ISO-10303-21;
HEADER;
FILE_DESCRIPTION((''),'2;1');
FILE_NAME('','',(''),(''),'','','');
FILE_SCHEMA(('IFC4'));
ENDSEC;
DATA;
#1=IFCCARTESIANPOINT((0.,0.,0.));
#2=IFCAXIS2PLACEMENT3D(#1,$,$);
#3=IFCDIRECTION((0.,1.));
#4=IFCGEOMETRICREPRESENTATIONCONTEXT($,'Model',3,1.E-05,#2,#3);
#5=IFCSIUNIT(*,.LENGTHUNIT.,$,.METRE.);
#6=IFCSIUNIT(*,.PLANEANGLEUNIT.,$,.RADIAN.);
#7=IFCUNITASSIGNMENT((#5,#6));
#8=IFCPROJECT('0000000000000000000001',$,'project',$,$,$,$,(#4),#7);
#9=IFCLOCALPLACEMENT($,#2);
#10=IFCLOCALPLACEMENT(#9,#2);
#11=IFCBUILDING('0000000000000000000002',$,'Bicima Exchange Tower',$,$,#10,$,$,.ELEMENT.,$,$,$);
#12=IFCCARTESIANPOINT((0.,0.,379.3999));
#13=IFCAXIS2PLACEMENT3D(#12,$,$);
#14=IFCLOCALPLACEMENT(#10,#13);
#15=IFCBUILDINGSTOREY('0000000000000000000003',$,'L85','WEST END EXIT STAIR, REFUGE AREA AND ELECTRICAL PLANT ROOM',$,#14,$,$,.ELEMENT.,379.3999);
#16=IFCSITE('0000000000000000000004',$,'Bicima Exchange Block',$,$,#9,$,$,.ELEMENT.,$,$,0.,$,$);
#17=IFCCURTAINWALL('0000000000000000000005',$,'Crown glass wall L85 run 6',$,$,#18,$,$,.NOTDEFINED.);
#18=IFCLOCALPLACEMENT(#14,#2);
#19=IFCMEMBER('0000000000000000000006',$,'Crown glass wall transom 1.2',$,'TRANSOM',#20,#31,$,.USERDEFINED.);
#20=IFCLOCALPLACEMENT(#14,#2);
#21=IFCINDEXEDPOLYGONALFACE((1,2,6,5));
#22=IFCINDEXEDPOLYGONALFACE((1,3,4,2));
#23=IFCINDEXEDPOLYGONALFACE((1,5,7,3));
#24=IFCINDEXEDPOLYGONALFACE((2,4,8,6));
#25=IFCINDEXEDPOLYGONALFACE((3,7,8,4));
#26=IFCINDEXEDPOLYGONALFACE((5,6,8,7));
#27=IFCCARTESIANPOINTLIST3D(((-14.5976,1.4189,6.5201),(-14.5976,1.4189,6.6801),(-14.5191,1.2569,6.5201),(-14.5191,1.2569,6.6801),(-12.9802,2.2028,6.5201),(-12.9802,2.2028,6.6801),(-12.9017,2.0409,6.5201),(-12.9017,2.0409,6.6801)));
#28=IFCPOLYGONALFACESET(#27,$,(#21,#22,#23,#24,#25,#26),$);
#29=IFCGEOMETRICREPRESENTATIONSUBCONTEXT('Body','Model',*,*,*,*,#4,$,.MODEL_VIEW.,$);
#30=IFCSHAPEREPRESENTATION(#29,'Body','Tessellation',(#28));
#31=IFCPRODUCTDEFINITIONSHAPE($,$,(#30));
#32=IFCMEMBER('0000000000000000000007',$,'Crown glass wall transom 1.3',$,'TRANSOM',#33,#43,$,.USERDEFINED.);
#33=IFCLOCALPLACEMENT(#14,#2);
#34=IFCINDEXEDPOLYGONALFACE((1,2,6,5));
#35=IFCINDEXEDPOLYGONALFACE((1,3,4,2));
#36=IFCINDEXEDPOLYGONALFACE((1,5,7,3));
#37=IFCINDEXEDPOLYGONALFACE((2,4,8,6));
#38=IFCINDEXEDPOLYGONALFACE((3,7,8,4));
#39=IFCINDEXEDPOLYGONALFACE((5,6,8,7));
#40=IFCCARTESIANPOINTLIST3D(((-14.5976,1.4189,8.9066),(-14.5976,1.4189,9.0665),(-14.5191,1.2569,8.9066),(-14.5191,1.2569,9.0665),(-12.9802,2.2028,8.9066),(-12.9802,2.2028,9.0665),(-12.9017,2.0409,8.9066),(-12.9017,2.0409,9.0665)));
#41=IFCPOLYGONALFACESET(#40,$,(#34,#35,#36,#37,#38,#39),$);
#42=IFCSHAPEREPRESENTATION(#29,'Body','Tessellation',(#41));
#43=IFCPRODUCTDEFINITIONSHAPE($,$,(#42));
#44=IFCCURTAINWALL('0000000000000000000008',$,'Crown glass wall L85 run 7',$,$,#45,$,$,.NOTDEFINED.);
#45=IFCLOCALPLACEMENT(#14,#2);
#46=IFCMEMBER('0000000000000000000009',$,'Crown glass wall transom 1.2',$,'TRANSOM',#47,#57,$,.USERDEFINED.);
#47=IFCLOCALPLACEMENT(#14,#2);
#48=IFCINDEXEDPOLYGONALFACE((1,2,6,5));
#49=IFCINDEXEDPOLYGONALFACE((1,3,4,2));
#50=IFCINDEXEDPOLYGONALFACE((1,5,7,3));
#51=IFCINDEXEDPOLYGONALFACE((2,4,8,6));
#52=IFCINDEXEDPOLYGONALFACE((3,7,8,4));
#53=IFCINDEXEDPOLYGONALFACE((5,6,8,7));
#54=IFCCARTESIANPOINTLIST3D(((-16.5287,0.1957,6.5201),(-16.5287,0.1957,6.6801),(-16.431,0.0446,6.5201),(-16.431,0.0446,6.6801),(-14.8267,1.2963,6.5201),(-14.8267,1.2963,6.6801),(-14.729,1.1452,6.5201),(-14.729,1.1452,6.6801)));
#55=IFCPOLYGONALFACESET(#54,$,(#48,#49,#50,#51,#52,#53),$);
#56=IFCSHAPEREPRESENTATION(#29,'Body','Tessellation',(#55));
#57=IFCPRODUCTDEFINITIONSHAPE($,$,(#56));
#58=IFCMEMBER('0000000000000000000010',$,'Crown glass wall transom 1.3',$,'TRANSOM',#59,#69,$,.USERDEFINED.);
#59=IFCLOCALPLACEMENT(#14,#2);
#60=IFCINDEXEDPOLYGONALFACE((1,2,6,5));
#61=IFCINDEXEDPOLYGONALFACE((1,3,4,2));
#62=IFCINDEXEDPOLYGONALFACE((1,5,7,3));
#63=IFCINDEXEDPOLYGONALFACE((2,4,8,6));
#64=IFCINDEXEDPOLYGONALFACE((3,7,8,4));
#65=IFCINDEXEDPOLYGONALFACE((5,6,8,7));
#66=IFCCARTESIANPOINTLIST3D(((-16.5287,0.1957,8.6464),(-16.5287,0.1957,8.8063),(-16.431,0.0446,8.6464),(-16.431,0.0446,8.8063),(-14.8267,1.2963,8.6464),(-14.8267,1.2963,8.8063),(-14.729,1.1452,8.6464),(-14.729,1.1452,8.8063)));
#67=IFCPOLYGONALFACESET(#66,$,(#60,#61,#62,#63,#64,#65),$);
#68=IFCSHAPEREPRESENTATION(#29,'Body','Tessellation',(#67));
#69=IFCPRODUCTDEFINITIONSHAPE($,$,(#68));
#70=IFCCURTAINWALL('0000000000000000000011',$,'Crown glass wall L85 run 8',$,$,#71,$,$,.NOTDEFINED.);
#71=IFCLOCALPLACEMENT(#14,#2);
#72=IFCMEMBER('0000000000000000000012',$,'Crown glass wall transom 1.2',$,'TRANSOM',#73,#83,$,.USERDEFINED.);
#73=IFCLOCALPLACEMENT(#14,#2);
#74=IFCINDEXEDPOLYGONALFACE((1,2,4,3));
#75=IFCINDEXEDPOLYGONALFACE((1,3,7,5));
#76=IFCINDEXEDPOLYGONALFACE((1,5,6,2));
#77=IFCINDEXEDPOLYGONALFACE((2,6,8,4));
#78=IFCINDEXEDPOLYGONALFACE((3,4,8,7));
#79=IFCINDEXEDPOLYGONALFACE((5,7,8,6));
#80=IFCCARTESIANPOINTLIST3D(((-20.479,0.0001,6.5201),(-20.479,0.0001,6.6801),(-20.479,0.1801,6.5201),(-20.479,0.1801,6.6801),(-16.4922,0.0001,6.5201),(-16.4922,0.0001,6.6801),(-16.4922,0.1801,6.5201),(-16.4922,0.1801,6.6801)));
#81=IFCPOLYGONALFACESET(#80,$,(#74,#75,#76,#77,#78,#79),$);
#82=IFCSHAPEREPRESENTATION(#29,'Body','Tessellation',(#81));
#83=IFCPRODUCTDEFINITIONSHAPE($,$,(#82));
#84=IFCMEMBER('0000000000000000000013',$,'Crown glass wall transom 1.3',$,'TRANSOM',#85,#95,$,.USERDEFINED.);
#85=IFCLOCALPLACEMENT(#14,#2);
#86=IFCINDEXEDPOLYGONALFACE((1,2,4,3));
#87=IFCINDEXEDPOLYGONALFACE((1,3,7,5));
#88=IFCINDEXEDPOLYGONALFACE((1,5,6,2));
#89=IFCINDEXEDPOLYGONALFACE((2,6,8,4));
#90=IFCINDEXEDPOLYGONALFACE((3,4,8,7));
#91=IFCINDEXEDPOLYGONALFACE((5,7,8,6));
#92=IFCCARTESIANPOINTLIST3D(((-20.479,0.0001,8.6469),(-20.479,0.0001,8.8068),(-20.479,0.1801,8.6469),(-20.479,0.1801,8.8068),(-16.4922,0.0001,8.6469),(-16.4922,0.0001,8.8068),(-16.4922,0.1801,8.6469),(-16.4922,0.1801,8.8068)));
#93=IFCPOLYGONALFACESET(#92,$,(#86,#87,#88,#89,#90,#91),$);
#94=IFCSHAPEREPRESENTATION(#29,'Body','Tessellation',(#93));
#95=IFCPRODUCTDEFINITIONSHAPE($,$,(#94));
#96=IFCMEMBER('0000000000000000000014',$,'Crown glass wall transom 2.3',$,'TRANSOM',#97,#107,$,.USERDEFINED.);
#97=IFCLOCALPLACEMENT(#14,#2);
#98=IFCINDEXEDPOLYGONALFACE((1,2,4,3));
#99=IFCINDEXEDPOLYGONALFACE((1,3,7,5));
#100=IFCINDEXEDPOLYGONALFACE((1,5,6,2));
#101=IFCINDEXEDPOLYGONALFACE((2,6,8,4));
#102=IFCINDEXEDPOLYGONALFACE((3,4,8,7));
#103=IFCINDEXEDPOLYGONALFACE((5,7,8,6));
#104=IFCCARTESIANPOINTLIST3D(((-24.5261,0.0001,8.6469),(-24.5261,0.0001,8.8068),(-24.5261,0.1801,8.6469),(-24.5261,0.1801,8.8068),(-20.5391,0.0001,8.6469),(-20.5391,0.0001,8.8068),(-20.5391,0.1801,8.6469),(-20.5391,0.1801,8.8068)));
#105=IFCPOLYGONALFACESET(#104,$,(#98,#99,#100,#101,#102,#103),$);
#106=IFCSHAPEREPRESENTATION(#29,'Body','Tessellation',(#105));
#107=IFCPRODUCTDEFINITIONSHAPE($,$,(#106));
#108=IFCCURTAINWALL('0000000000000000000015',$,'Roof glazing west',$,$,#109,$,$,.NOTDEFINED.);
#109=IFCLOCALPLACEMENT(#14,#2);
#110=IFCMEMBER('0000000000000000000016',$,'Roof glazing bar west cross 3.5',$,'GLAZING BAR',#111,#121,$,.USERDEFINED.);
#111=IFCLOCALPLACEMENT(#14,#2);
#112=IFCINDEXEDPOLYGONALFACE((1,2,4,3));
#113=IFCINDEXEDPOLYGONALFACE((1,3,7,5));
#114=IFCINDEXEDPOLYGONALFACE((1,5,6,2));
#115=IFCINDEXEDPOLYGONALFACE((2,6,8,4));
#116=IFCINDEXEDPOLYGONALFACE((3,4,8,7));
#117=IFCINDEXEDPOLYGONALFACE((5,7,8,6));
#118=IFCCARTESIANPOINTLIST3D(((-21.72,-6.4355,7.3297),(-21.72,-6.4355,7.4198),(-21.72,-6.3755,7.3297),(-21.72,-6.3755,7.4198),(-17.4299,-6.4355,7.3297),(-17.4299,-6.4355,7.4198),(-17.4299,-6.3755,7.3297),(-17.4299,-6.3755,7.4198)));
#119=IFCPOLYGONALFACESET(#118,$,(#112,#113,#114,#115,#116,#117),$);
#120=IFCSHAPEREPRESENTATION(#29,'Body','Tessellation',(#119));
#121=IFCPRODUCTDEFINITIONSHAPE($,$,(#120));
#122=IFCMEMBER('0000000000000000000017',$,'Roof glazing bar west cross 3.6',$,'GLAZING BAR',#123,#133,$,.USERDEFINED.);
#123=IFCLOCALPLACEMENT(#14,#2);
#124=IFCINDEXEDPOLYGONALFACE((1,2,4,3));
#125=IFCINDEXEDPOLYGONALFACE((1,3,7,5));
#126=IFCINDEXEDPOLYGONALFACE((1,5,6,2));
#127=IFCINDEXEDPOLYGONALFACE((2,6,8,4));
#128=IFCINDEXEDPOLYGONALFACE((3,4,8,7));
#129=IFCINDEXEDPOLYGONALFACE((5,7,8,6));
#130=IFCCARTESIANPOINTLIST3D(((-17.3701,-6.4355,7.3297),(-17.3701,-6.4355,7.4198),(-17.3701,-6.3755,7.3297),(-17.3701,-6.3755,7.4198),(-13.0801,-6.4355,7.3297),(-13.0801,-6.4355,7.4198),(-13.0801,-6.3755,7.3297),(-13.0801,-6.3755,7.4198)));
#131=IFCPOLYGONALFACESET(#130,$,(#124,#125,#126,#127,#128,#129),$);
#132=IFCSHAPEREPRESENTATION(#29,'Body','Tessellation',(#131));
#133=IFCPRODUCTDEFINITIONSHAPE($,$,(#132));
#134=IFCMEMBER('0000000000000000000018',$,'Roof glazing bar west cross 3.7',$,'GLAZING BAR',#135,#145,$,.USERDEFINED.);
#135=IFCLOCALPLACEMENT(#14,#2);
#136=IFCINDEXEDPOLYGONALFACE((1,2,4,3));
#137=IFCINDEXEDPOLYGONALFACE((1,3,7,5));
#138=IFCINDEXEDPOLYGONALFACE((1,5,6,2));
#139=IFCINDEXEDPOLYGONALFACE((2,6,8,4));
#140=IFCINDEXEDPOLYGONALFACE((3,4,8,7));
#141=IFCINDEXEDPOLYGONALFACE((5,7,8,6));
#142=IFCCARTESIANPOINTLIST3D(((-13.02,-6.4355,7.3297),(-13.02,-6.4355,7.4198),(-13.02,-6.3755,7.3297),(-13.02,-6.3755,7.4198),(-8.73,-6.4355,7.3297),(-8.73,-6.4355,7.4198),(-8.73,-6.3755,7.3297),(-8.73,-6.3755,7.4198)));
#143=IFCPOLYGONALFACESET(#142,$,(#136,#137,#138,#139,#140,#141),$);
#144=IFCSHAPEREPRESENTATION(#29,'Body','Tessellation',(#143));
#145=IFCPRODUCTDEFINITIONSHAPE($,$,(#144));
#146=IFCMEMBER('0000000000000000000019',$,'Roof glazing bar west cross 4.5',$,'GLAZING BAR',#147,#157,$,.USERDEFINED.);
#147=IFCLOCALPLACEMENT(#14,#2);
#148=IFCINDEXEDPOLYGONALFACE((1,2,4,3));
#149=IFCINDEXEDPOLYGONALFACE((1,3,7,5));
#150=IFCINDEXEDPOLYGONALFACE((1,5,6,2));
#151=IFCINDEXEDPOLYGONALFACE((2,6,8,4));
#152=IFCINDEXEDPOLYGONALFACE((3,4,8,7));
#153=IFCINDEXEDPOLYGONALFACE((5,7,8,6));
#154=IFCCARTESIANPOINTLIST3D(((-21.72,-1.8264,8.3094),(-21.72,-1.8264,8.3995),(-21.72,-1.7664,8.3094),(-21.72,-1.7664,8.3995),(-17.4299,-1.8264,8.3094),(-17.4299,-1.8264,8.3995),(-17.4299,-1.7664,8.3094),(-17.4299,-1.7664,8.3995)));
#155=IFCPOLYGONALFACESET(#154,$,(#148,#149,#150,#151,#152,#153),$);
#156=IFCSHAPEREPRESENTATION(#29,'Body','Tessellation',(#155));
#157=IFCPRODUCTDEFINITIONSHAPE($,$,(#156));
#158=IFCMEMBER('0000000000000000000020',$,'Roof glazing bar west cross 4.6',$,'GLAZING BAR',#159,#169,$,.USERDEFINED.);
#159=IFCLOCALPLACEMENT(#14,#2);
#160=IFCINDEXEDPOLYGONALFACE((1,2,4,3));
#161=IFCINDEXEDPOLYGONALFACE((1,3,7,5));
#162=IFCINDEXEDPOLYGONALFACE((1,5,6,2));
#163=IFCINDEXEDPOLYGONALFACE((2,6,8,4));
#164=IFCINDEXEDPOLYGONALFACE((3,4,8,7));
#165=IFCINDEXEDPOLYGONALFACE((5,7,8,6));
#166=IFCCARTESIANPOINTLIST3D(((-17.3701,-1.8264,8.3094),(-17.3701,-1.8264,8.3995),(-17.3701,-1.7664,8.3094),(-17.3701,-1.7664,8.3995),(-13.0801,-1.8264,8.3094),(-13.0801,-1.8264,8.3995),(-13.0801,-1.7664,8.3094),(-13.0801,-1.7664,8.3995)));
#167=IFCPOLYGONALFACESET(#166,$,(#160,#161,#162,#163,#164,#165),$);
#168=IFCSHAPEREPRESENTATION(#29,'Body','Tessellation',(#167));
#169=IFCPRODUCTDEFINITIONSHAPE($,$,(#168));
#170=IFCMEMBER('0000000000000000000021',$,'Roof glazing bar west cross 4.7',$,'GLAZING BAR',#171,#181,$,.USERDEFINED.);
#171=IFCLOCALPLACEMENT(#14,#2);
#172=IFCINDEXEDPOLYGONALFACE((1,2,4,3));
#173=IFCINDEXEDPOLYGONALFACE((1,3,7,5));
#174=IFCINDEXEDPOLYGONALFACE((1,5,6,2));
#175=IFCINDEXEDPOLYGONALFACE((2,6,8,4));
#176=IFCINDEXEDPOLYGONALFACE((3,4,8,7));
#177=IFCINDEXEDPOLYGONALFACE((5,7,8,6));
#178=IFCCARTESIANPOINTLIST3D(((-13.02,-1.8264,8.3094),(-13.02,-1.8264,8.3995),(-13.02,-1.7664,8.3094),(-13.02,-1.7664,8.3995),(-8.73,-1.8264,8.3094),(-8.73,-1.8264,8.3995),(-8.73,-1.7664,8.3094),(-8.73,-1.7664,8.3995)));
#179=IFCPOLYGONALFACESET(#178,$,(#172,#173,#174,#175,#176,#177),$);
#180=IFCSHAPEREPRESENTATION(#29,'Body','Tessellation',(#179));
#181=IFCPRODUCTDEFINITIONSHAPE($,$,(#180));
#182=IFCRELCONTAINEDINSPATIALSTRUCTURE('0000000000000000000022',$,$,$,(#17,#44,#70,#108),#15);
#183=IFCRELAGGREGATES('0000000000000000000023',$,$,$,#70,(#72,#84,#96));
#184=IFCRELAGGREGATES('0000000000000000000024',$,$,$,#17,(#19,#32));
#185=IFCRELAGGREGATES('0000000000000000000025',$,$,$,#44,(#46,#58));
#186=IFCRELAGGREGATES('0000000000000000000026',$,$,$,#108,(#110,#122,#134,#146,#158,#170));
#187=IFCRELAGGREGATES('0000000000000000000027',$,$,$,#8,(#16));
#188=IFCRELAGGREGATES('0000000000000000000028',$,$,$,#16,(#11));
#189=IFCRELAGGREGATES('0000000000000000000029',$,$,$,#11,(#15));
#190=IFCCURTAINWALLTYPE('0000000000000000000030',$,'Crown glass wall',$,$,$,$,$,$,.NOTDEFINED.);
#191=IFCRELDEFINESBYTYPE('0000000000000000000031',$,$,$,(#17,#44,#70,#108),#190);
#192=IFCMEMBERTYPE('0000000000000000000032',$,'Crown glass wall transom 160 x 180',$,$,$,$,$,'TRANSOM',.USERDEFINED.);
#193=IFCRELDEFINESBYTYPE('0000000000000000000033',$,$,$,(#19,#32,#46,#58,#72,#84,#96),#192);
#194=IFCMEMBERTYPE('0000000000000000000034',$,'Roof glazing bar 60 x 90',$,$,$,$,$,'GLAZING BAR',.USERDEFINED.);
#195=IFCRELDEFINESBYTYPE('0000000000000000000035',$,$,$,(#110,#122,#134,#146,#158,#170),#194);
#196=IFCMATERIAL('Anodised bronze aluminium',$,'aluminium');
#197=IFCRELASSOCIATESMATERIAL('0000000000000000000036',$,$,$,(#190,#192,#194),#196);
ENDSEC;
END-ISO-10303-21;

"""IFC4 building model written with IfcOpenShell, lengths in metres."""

from ifc_helpers import new_model, si_unit, direction, frame, origin, origin_2d, place, context, subcontext, project, spatial, rectangle, extrude, material, material_profile, profile_set, type_object, element, aggregate, save


model = new_model("IFC4")

# Units and contexts
model_context = context("Model", 3, precision=1e-05, world=origin(), true_north=direction((0.0, 1.0)))
body_context = subcontext(model_context, "Body", "Model", "MODEL_VIEW")
ifc_project = project(units=[si_unit("LENGTHUNIT", "METRE"), si_unit("PLANEANGLEUNIT", "RADIAN")], contexts=[model_context])

# Site, building, storey
site_placement = place(None, origin())
site = spatial("IfcSite", under=ifc_project, at=site_placement, Name="Bicima Exchange Block", CompositionType="ELEMENT", RefElevation=0.0)
building_placement = place(site_placement, origin())
building = spatial("IfcBuilding", under=site, at=building_placement, Name="Bicima Exchange Tower", CompositionType="ELEMENT")
storey_placement = place(building_placement, frame((0.0, 0.0, 379.3999)))
storey = spatial("IfcBuildingStorey", under=building, at=storey_placement, Name="L85", Description="WEST END EXIT STAIR, REFUGE AREA AND ELECTRICAL PLANT ROOM", CompositionType="ELEMENT", Elevation=379.3999)

# Curtain walls, members
ifc_material_1 = material(Name="Anodised bronze aluminium", Category="aluminium")
curtain_wall_type = type_object("IfcCurtainWallType", Name="Crown glass wall", PredefinedType="NOTDEFINED", material=ifc_material_1)
curtain_wall_1_placement = place(storey_placement, origin())
curtain_wall_1 = element("IfcCurtainWall", 1, at=curtain_wall_1_placement, inside=storey, type_object=curtain_wall_type, Name="Crown glass wall L85 run 6", PredefinedType="NOTDEFINED")
ifc_material_profile_1 = material_profile(ifc_material_1, rectangle(XDim=0.1799, YDim=0.1599, at=origin_2d()))
ifc_profile_set_1 = profile_set([ifc_material_profile_1], Name="Anodised bronze aluminium")
member_type_1 = type_object("IfcMemberType", Name="Crown glass wall transom 160 x 180", ElementType="TRANSOM", PredefinedType="USERDEFINED", material=ifc_profile_set_1)
member_1_placement = place(storey_placement, frame((-12.9409, 2.1218, 6.6001), z_axis=(-0.899874, -0.43615, 0.0), x_axis=(0.43615, -0.899874, 0.0)))
member_1 = element("IfcMember", 2, at=member_1_placement, type_object=member_type_1, Name="Crown glass wall transom 1.2", ObjectType="TRANSOM", PredefinedType="USERDEFINED", context=body_context, shape_type="SweptSolid", body=[
    extrude(rectangle(XDim=0.1799, YDim=0.1599, at=origin_2d()), origin(), (0.0, 0.0, 1.0), 1.7974),
])
member_2_placement = place(storey_placement, frame((-12.9409, 2.1218, 8.9866), z_axis=(-0.899874, -0.43615, 0.0), x_axis=(0.43615, -0.899874, 0.0)))
member_2 = element("IfcMember", 3, at=member_2_placement, type_object=member_type_1, Name="Crown glass wall transom 1.3", ObjectType="TRANSOM", PredefinedType="USERDEFINED", context=body_context, shape_type="SweptSolid", body=[
    extrude(rectangle(XDim=0.1799, YDim=0.1599, at=origin_2d()), origin(), (0.0, 0.0, 1.0), 1.7974),
])
curtain_wall_2_placement = place(storey_placement, origin())
curtain_wall_2 = element("IfcCurtainWall", 4, at=curtain_wall_2_placement, inside=storey, type_object=curtain_wall_type, Name="Crown glass wall L85 run 7", PredefinedType="NOTDEFINED")
member_3_placement = place(storey_placement, frame((-14.7778, 1.2207, 6.6001), z_axis=(-0.839751, -0.542972, 0.0), x_axis=(0.542972, -0.839751, 0.0)))
member_3 = element("IfcMember", 5, at=member_3_placement, type_object=member_type_1, Name="Crown glass wall transom 1.2", ObjectType="TRANSOM", PredefinedType="USERDEFINED", context=body_context, shape_type="SweptSolid", body=[
    extrude(rectangle(XDim=0.1799, YDim=0.1599, at=origin_2d()), origin(), (0.0, 0.0, 1.0), 2.0269),
])
member_4_placement = place(storey_placement, frame((-14.7778, 1.2207, 8.7263), z_axis=(-0.839751, -0.542972, 0.0), x_axis=(0.542972, -0.839751, 0.0)))
member_4 = element("IfcMember", 6, at=member_4_placement, type_object=member_type_1, Name="Crown glass wall transom 1.3", ObjectType="TRANSOM", PredefinedType="USERDEFINED", context=body_context, shape_type="SweptSolid", body=[
    extrude(rectangle(XDim=0.1799, YDim=0.1599, at=origin_2d()), origin(), (0.0, 0.0, 1.0), 2.0269),
])
curtain_wall_3_placement = place(storey_placement, origin())
curtain_wall_3 = element("IfcCurtainWall", 7, at=curtain_wall_3_placement, inside=storey, type_object=curtain_wall_type, Name="Crown glass wall L85 run 8", PredefinedType="NOTDEFINED")
member_5_placement = place(storey_placement, frame((-16.4922, 0.0901, 6.6001), z_axis=(-1.0, 0.0, 0.0), x_axis=(0.0, -1.0, 0.0)))
member_5 = element("IfcMember", 8, at=member_5_placement, type_object=member_type_1, Name="Crown glass wall transom 1.2", ObjectType="TRANSOM", PredefinedType="USERDEFINED", context=body_context, shape_type="SweptSolid", body=[
    extrude(rectangle(XDim=0.1799, YDim=0.1599, at=origin_2d()), origin(), (0.0, 0.0, 1.0), 3.9868),
])
member_6_placement = place(storey_placement, frame((-16.4922, 0.0901, 8.7268), z_axis=(-1.0, 0.0, 0.0), x_axis=(0.0, -1.0, 0.0)))
member_6 = element("IfcMember", 9, at=member_6_placement, type_object=member_type_1, Name="Crown glass wall transom 1.3", ObjectType="TRANSOM", PredefinedType="USERDEFINED", context=body_context, shape_type="SweptSolid", body=[
    extrude(rectangle(XDim=0.1799, YDim=0.1599, at=origin_2d()), origin(), (0.0, 0.0, 1.0), 3.9868),
])
member_7_placement = place(storey_placement, frame((-20.5391, 0.0901, 8.7268), z_axis=(-1.0, 0.0, 0.0), x_axis=(0.0, -1.0, 0.0)))
member_7 = element("IfcMember", 10, at=member_7_placement, type_object=member_type_1, Name="Crown glass wall transom 2.3", ObjectType="TRANSOM", PredefinedType="USERDEFINED", context=body_context, shape_type="SweptSolid", body=[
    extrude(rectangle(XDim=0.1799, YDim=0.1599, at=origin_2d()), origin(), (0.0, 0.0, 1.0), 3.9871),
])
aggregate(curtain_wall_3, [member_5, member_6, member_7])
curtain_wall_4_placement = place(storey_placement, origin())
curtain_wall_4 = element("IfcCurtainWall", 11, at=curtain_wall_4_placement, inside=storey, type_object=curtain_wall_type, Name="Roof glazing west", PredefinedType="NOTDEFINED")
ifc_material_profile_2 = material_profile(ifc_material_1, rectangle(XDim=0.0601, YDim=0.0901, at=origin_2d()))
ifc_profile_set_2 = profile_set([ifc_material_profile_2], Name="Anodised bronze aluminium")
member_type_2 = type_object("IfcMemberType", Name="Roof glazing bar 60 x 90", ElementType="GLAZING BAR", PredefinedType="USERDEFINED", material=ifc_profile_set_2)
member_8_placement = place(storey_placement, frame((-21.72, -6.4055, 7.3748), z_axis=(1.0, 0.0, 0.0), x_axis=(0.0, 1.0, 0.0)))
member_8 = element("IfcMember", 12, at=member_8_placement, type_object=member_type_2, Name="Roof glazing bar west cross 3.5", ObjectType="GLAZING BAR", PredefinedType="USERDEFINED", context=body_context, shape_type="SweptSolid", body=[
    extrude(rectangle(XDim=0.0601, YDim=0.0901, at=origin_2d()), origin(), (0.0, 0.0, 1.0), 4.29),
])
member_9_placement = place(storey_placement, frame((-17.3701, -6.4055, 7.3748), z_axis=(1.0, 0.0, 0.0), x_axis=(0.0, 1.0, 0.0)))
member_9 = element("IfcMember", 13, at=member_9_placement, type_object=member_type_2, Name="Roof glazing bar west cross 3.6", ObjectType="GLAZING BAR", PredefinedType="USERDEFINED", context=body_context, shape_type="SweptSolid", body=[
    extrude(rectangle(XDim=0.0601, YDim=0.0901, at=origin_2d()), origin(), (0.0, 0.0, 1.0), 4.29),
])
member_10_placement = place(storey_placement, frame((-13.02, -6.4055, 7.3748), z_axis=(1.0, 0.0, 0.0), x_axis=(0.0, 1.0, 0.0)))
member_10 = element("IfcMember", 14, at=member_10_placement, type_object=member_type_2, Name="Roof glazing bar west cross 3.7", ObjectType="GLAZING BAR", PredefinedType="USERDEFINED", context=body_context, shape_type="SweptSolid", body=[
    extrude(rectangle(XDim=0.0601, YDim=0.0901, at=origin_2d()), origin(), (0.0, 0.0, 1.0), 4.29),
])
member_11_placement = place(storey_placement, frame((-21.72, -1.7964, 8.3545), z_axis=(1.0, 0.0, 0.0), x_axis=(0.0, 1.0, 0.0)))
member_11 = element("IfcMember", 15, at=member_11_placement, type_object=member_type_2, Name="Roof glazing bar west cross 4.5", ObjectType="GLAZING BAR", PredefinedType="USERDEFINED", context=body_context, shape_type="SweptSolid", body=[
    extrude(rectangle(XDim=0.0601, YDim=0.0901, at=origin_2d()), origin(), (0.0, 0.0, 1.0), 4.29),
])
member_12_placement = place(storey_placement, frame((-17.3701, -1.7964, 8.3545), z_axis=(1.0, 0.0, 0.0), x_axis=(0.0, 1.0, 0.0)))
member_12 = element("IfcMember", 16, at=member_12_placement, type_object=member_type_2, Name="Roof glazing bar west cross 4.6", ObjectType="GLAZING BAR", PredefinedType="USERDEFINED", context=body_context, shape_type="SweptSolid", body=[
    extrude(rectangle(XDim=0.0601, YDim=0.0901, at=origin_2d()), origin(), (0.0, 0.0, 1.0), 4.29),
])
member_13_placement = place(storey_placement, frame((-13.02, -1.7964, 8.3545), z_axis=(1.0, 0.0, 0.0), x_axis=(0.0, 1.0, 0.0)))
member_13 = element("IfcMember", 17, at=member_13_placement, type_object=member_type_2, Name="Roof glazing bar west cross 4.7", ObjectType="GLAZING BAR", PredefinedType="USERDEFINED", context=body_context, shape_type="SweptSolid", body=[
    extrude(rectangle(XDim=0.0601, YDim=0.0901, at=origin_2d()), origin(), (0.0, 0.0, 1.0), 4.29),
])

aggregate(curtain_wall_1, [member_1, member_2])
aggregate(curtain_wall_2, [member_3, member_4])

aggregate(curtain_wall_4, [member_8, member_9, member_10, member_11, member_12, member_13])

save(model, "model.ifc")
